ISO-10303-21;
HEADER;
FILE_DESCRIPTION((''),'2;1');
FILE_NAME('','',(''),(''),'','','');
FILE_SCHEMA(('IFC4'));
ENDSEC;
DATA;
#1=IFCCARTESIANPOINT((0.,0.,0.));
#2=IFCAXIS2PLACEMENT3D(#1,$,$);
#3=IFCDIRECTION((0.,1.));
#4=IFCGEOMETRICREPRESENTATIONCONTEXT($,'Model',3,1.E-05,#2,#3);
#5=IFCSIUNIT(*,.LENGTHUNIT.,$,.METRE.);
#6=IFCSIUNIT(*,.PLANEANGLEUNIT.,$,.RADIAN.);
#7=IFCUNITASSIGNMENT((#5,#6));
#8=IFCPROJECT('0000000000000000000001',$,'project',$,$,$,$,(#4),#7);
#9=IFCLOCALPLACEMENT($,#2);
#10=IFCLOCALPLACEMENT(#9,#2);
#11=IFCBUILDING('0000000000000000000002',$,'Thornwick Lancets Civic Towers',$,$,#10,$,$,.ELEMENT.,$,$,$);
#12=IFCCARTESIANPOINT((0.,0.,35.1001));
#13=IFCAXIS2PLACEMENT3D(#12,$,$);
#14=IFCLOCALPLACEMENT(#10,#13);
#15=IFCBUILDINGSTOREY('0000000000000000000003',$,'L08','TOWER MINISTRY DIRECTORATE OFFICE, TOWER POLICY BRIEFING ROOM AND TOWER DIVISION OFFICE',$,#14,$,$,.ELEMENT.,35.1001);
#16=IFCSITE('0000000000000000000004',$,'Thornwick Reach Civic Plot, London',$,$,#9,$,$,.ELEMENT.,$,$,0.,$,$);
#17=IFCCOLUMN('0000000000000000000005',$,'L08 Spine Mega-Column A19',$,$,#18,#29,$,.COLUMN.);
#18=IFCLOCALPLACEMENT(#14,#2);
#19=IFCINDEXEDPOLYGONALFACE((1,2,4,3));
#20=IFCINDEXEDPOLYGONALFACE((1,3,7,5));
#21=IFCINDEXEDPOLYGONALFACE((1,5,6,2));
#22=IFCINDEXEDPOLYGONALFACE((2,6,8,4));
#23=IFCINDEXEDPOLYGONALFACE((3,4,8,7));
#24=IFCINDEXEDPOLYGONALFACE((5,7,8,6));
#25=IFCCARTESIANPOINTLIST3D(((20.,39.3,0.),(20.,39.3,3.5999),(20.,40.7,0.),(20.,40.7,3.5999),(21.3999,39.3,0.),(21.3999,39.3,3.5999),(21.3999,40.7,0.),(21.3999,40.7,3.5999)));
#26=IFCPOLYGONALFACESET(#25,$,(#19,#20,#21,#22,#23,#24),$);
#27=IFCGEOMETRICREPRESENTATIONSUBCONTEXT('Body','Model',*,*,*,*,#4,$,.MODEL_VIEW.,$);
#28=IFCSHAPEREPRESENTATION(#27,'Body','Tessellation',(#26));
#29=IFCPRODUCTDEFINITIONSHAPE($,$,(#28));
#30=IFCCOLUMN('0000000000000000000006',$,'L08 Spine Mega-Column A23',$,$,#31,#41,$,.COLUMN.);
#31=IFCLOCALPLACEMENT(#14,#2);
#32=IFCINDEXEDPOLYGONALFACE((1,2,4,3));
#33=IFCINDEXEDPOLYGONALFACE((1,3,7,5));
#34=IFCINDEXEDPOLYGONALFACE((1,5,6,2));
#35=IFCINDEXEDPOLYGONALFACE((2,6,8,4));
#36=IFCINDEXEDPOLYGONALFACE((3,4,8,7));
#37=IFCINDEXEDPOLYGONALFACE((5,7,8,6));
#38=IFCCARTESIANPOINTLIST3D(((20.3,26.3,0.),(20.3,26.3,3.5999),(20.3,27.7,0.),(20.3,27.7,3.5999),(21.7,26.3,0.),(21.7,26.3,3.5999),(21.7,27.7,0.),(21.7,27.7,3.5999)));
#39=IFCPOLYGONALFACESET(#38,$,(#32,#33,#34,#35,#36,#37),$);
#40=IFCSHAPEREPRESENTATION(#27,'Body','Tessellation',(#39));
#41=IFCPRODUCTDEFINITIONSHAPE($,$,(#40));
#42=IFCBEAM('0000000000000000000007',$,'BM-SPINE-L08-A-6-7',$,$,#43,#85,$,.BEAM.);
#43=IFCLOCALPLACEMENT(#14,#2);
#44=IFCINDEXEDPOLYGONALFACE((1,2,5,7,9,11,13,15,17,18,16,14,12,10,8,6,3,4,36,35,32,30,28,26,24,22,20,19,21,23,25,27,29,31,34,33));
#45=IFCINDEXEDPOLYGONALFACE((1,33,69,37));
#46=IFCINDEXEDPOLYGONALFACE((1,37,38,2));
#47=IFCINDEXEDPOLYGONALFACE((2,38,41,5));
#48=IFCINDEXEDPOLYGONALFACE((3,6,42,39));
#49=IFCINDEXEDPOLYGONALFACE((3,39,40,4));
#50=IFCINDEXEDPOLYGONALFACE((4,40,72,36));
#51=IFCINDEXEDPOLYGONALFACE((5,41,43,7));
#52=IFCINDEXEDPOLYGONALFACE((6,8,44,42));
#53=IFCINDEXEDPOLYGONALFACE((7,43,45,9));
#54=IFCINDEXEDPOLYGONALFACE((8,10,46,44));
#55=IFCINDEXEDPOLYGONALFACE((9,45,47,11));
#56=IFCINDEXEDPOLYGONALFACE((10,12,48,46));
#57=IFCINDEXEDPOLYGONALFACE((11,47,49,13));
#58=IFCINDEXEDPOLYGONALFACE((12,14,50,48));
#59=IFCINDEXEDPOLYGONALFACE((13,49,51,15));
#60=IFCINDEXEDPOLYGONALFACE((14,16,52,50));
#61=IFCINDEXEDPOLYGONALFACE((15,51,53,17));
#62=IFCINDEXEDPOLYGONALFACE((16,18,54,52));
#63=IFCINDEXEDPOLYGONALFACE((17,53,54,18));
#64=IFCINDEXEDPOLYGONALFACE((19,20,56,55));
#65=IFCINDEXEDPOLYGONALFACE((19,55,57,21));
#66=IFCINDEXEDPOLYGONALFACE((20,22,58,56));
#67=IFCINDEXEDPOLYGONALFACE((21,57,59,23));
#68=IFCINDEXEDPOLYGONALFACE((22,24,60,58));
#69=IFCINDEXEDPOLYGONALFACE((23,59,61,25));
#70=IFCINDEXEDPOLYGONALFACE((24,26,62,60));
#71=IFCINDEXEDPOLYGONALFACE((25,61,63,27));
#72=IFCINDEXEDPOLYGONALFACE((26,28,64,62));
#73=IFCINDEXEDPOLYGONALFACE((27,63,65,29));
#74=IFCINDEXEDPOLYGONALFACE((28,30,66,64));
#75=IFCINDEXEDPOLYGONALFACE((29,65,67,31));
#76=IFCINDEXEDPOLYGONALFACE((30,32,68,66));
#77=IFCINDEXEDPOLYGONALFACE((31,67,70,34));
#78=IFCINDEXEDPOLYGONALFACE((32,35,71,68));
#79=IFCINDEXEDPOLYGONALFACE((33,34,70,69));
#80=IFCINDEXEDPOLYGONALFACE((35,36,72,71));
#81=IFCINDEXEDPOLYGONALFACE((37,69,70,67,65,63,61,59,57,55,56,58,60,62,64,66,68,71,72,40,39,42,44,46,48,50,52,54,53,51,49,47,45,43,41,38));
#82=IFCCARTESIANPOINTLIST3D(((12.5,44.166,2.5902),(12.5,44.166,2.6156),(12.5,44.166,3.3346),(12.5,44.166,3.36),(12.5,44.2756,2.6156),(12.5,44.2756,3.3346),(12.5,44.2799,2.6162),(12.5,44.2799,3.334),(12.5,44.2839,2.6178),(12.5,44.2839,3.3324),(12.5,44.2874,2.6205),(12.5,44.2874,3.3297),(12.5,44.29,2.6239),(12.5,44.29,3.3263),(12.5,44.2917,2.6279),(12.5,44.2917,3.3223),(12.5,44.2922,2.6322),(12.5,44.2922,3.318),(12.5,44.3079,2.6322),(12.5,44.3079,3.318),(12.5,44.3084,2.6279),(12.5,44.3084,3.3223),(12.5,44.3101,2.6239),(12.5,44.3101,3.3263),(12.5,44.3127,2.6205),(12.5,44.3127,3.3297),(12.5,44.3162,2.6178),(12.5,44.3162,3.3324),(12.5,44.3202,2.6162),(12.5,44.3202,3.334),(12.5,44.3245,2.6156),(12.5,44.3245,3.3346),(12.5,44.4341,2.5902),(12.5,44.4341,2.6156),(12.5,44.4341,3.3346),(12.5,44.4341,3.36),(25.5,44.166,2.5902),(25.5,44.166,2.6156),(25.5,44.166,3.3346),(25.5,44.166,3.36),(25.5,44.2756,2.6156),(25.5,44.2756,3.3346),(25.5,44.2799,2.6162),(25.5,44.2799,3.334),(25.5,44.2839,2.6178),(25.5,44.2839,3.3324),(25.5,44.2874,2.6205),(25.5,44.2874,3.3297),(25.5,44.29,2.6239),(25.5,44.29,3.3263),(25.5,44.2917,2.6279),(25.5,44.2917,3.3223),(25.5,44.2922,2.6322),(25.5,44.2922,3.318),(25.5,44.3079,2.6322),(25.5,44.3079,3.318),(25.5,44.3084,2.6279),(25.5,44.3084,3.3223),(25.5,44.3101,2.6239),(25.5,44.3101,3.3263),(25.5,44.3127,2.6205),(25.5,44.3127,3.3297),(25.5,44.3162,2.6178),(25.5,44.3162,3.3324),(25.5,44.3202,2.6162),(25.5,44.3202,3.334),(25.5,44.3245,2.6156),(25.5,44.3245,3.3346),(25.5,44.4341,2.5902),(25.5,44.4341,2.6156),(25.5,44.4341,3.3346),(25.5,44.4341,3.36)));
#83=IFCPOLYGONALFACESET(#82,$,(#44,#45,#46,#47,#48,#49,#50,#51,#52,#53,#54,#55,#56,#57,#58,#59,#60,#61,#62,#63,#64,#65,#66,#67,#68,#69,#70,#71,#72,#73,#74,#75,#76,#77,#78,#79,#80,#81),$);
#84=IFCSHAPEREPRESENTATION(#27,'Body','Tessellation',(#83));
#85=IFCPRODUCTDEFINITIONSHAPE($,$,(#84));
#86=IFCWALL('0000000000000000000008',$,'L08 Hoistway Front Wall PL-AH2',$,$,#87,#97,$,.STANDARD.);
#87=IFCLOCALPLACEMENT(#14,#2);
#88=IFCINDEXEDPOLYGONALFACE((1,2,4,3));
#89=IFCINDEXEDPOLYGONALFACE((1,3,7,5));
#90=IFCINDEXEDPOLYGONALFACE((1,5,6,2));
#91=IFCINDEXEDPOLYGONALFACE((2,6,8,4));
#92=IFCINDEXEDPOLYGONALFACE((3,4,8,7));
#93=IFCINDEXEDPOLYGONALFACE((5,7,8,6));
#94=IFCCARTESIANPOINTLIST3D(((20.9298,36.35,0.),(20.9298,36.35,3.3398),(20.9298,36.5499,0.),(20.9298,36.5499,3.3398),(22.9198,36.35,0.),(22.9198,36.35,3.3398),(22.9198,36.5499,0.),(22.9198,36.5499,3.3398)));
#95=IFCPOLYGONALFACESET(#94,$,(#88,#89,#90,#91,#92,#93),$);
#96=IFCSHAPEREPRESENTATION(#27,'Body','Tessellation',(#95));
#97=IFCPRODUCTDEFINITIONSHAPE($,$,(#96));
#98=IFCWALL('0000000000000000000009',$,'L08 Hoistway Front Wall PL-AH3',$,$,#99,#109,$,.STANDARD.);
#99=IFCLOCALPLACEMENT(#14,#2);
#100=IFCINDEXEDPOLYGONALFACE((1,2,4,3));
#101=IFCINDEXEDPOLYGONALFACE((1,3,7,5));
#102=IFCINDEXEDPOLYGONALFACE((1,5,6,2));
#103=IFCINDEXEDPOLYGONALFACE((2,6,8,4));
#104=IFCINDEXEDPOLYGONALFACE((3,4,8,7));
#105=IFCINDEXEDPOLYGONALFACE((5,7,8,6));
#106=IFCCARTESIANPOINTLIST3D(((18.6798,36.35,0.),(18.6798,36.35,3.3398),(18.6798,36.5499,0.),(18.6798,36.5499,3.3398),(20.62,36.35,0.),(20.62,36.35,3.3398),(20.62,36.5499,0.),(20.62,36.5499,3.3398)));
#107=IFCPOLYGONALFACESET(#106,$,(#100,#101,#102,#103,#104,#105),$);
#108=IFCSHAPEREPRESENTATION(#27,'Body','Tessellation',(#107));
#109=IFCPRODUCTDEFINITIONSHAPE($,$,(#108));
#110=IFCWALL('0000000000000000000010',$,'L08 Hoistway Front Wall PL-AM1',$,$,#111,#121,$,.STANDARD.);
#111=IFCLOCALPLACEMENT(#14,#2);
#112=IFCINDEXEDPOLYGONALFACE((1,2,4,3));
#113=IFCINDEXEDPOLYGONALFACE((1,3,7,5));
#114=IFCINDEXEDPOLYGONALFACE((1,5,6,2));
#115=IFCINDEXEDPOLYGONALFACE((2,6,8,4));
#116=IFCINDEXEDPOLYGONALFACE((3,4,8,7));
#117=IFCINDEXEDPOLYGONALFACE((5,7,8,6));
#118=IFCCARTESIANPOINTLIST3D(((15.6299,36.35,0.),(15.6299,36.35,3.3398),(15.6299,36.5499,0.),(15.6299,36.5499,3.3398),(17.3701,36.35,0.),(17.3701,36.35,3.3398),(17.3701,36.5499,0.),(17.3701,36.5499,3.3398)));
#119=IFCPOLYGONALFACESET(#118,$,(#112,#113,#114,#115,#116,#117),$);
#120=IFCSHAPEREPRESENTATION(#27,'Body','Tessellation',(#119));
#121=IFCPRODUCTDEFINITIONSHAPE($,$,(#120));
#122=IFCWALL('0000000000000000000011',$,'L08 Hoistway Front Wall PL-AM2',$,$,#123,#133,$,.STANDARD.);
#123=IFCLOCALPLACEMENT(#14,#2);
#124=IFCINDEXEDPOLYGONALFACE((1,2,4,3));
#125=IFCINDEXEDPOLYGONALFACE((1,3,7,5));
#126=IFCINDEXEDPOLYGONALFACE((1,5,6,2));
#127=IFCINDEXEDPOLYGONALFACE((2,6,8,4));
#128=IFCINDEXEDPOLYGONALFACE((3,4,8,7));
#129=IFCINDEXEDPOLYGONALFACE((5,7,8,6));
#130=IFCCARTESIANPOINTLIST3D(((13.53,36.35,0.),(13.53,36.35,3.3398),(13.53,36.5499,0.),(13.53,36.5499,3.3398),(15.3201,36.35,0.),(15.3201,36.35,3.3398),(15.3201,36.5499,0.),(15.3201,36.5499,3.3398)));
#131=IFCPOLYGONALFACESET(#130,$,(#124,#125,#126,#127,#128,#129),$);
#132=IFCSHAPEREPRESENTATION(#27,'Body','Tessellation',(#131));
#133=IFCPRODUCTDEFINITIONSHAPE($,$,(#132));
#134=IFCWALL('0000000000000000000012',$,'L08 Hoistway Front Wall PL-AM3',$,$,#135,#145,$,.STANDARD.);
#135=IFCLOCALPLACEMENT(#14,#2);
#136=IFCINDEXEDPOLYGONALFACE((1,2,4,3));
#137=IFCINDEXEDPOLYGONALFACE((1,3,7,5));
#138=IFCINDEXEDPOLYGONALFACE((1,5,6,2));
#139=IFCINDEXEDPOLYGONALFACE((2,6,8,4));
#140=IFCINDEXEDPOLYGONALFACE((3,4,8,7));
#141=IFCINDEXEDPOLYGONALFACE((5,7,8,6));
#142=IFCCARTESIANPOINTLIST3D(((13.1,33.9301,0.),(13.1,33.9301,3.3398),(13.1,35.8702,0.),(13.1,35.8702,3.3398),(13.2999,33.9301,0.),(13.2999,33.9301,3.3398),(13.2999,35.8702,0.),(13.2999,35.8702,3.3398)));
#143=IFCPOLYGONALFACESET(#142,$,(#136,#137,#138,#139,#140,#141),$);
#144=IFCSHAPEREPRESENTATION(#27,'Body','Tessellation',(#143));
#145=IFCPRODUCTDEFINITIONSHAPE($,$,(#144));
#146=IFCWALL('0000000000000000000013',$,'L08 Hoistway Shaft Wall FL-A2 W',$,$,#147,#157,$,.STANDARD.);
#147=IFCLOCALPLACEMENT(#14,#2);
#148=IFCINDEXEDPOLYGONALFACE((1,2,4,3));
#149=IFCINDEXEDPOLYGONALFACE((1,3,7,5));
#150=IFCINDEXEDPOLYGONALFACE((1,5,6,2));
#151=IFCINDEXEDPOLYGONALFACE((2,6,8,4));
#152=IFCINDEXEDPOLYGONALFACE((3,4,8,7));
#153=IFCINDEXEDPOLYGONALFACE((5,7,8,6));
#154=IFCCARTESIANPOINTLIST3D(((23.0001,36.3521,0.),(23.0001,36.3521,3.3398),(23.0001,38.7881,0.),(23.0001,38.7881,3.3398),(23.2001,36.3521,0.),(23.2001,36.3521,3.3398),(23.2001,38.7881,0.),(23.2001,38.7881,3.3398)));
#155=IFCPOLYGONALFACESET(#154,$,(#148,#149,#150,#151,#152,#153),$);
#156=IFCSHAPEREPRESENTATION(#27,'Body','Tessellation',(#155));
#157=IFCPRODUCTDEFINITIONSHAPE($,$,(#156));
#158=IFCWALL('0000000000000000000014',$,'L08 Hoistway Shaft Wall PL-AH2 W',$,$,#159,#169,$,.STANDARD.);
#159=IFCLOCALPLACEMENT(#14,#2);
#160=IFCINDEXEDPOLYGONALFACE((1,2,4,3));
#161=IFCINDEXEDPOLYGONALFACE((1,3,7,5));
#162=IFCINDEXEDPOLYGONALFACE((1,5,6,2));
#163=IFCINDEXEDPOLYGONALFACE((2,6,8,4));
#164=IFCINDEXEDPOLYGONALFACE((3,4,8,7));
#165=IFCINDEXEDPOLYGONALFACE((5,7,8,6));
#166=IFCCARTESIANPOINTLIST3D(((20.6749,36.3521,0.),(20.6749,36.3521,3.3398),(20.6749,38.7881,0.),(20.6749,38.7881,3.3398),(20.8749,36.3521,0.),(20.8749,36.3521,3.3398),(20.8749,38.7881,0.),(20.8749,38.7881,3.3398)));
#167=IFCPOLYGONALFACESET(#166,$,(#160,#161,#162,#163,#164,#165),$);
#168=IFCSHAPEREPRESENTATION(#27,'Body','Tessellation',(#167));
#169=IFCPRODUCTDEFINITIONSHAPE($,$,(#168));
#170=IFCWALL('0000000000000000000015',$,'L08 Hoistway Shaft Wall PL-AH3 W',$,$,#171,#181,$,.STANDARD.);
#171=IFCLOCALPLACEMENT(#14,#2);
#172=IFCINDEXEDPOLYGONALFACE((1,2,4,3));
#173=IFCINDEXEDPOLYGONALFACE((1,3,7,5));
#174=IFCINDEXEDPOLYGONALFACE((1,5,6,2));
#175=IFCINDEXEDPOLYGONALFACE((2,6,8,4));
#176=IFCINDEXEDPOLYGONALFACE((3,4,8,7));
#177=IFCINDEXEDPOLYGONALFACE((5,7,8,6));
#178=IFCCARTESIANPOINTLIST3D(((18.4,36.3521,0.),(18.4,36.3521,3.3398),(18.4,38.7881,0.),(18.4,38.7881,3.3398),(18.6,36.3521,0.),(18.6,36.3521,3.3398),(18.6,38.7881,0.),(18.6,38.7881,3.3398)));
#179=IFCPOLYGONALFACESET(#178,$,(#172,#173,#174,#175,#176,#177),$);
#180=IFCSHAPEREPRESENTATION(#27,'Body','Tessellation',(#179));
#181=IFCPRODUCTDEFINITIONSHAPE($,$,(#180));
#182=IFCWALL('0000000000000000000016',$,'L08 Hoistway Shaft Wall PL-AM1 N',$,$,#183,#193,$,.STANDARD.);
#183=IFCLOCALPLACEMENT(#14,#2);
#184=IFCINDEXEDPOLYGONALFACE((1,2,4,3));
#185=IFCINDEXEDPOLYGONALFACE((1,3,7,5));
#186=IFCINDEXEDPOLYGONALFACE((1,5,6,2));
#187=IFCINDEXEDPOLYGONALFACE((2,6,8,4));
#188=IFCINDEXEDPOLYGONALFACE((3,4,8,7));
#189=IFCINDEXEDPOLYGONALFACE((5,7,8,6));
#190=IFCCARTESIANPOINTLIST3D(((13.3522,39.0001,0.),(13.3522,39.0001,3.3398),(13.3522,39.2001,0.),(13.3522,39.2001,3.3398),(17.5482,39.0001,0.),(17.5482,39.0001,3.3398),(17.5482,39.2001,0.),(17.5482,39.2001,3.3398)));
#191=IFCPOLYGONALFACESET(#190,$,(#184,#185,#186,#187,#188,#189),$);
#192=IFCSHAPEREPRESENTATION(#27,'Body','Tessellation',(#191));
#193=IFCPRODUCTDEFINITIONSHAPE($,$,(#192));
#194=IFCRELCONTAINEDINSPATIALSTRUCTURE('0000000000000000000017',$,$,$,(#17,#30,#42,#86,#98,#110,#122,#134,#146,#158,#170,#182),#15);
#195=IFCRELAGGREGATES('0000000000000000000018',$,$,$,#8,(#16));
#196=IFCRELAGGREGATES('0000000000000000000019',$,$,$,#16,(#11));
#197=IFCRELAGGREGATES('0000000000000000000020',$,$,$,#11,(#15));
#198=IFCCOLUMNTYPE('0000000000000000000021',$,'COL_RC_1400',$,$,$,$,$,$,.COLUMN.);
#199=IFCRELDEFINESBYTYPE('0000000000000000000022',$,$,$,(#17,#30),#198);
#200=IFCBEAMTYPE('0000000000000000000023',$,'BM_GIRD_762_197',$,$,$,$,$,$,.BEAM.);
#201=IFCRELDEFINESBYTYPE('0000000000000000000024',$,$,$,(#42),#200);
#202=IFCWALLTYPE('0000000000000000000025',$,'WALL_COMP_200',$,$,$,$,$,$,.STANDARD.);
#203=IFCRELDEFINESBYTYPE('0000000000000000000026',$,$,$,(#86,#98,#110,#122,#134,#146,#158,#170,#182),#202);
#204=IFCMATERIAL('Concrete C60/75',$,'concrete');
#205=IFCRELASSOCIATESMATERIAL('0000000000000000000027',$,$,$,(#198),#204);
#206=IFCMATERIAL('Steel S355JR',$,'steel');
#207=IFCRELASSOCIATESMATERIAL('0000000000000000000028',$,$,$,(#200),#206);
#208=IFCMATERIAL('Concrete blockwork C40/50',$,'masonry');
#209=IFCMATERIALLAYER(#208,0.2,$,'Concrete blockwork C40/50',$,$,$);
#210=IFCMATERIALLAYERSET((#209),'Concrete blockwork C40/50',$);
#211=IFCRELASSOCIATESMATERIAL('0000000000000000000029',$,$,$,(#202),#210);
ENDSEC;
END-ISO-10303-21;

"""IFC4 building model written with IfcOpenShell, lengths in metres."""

from ifc_helpers import new_model, si_unit, direction, frame, frame_2d, origin, origin_2d, place, context, subcontext, project, spatial, rectangle, i_section, extrude, material, layer, layer_set, material_profile, profile_set, type_object, element, save


model = new_model("IFC4")

# Units and contexts
model_context = context("Model", 3, precision=1e-05, world=origin(), true_north=direction((0.0, 1.0)))
body_context = subcontext(model_context, "Body", "Model", "MODEL_VIEW")
ifc_project = project(units=[si_unit("LENGTHUNIT", "METRE"), si_unit("PLANEANGLEUNIT", "RADIAN")], contexts=[model_context])

# Site, building, storey
site_placement = place(None, origin())
site = spatial("IfcSite", under=ifc_project, at=site_placement, Name="Thornwick Reach Civic Plot, London", CompositionType="ELEMENT", RefElevation=0.0)
building_placement = place(site_placement, origin())
building = spatial("IfcBuilding", under=site, at=building_placement, Name="Thornwick Lancets Civic Towers", CompositionType="ELEMENT")
storey_placement = place(building_placement, frame((0.0, 0.0, 35.1001)))
storey = spatial("IfcBuildingStorey", under=building, at=storey_placement, Name="L08", Description="TOWER MINISTRY DIRECTORATE OFFICE, TOWER POLICY BRIEFING ROOM AND TOWER DIVISION OFFICE", CompositionType="ELEMENT", Elevation=35.1001)

# Columns
ifc_material_1 = material(Name="Concrete C60/75", Category="concrete")
ifc_material_profile_1 = material_profile(ifc_material_1, rectangle(XDim=1.3999, YDim=1.3999, at=origin_2d()), Name="RC 1400x1400")
ifc_profile_set_1 = profile_set([ifc_material_profile_1], Name="Concrete C60/75")
column_type = type_object("IfcColumnType", Name="COL_RC_1400", PredefinedType="COLUMN", material=ifc_profile_set_1)
for number, where, z_axis, x_axis, name in (
    (1, (20.7, 40.0, 0.0), (0.0, 0.0, 1.0), (1.0, 0.0, 0.0), "L08 Spine Mega-Column A19"),
    (2, (21.0, 27.0, 0.0), (0.0, 0.0, 1.0), (1.0, 0.0, 0.0), "L08 Spine Mega-Column A23"),
):
    element("IfcColumn", number, at=place(storey_placement, frame(where, z_axis=z_axis, x_axis=x_axis)), inside=storey, type_object=column_type, Name=name, PredefinedType="COLUMN", context=body_context, shape_type="SweptSolid", body=[
        extrude(rectangle(XDim=1.3999, YDim=1.3999, at=origin_2d()), origin(), (0.0, 0.0, 1.0), 3.5999),
    ])

# Beam
ifc_material_2 = material(Name="Steel S355JR", Category="steel")
ifc_material_profile_2 = material_profile(ifc_material_2, i_section(OverallWidth=0.2681, OverallDepth=0.7698, WebThickness=0.0156, FlangeThickness=0.0254, FilletRadius=0.0166, at=origin_2d()), Name="UKB 762x267x197")
ifc_profile_set_2 = profile_set([ifc_material_profile_2], Name="Steel S355JR")
beam_type = type_object("IfcBeamType", Name="BM_GIRD_762_197", PredefinedType="BEAM", material=ifc_profile_set_2)
beam_placement = place(storey_placement, frame((12.5, 44.3, 2.9751), z_axis=(1.0, 0.0, 0.0), x_axis=(0.0, 1.0, 0.0)))
element("IfcBeam", 3, at=beam_placement, inside=storey, type_object=beam_type, Name="BM-SPINE-L08-A-6-7", PredefinedType="BEAM", context=body_context, shape_type="SweptSolid", body=[
    extrude(i_section(OverallWidth=0.2681, OverallDepth=0.7698, WebThickness=0.0156, FlangeThickness=0.0254, FilletRadius=0.0166, at=origin_2d()), origin(), (0.0, 0.0, 1.0), 13.0),
])

# Walls
ifc_material_3 = material(Name="Concrete blockwork C40/50", Category="masonry")
ifc_layer_1 = layer(ifc_material_3, 0.2, Name="Concrete blockwork C40/50")
ifc_layer_set_1 = layer_set([ifc_layer_1], Name="Concrete blockwork C40/50")
wall_type_1 = type_object("IfcWallType", Name="WALL_COMP_200", PredefinedType="STANDARD", material=ifc_layer_set_1)
wall_1_placement = place(storey_placement, frame((22.9199, 36.45, 0.0), z_axis=(0.0, 0.0, 1.0), x_axis=(-1.0, 0.0, 0.0)))
element("IfcWall", 4, at=wall_1_placement, inside=storey, type_object=wall_type_1, Name="L08 Hoistway Front Wall PL-AH2", PredefinedType="STANDARD", context=body_context, shape_type="SweptSolid", body=[
    extrude(rectangle(XDim=1.99, YDim=0.2, at=frame_2d((0.9951, 0.0))), origin(), (0.0, 0.0, 1.0), 3.3398),
])
wall_2_placement = place(storey_placement, frame((20.6201, 36.45, 0.0), z_axis=(0.0, 0.0, 1.0), x_axis=(-1.0, 0.0, 0.0)))
element("IfcWall", 5, at=wall_2_placement, inside=storey, type_object=wall_type_1, Name="L08 Hoistway Front Wall PL-AH3", PredefinedType="STANDARD", context=body_context, shape_type="SweptSolid", body=[
    extrude(rectangle(XDim=1.9402, YDim=0.2, at=frame_2d((0.9702, 0.0))), origin(), (0.0, 0.0, 1.0), 3.3398),
])
wall_3_placement = place(storey_placement, frame((17.3701, 36.45, 0.0), z_axis=(0.0, 0.0, 1.0), x_axis=(-1.0, 0.0, 0.0)))
element("IfcWall", 6, at=wall_3_placement, inside=storey, type_object=wall_type_1, Name="L08 Hoistway Front Wall PL-AM1", PredefinedType="STANDARD", context=body_context, shape_type="SweptSolid", body=[
    extrude(rectangle(XDim=1.7402, YDim=0.2, at=frame_2d((0.8701, 0.0))), origin(), (0.0, 0.0, 1.0), 3.3398),
])
wall_4_placement = place(storey_placement, frame((15.3201, 36.45, 0.0), z_axis=(0.0, 0.0, 1.0), x_axis=(-1.0, 0.0, 0.0)))
element("IfcWall", 7, at=wall_4_placement, inside=storey, type_object=wall_type_1, Name="L08 Hoistway Front Wall PL-AM2", PredefinedType="STANDARD", context=body_context, shape_type="SweptSolid", body=[
    extrude(rectangle(XDim=1.79, YDim=0.2, at=frame_2d((0.895, 0.0))), origin(), (0.0, 0.0, 1.0), 3.3398),
])
wall_5_placement = place(storey_placement, frame((13.2, 33.9299, 0.0), z_axis=(0.0, 0.0, 1.0), x_axis=(0.0, 1.0, 0.0)))
element("IfcWall", 8, at=wall_5_placement, inside=storey, type_object=wall_type_1, Name="L08 Hoistway Front Wall PL-AM3", PredefinedType="STANDARD", context=body_context, shape_type="SweptSolid", body=[
    extrude(rectangle(XDim=1.9402, YDim=0.2, at=frame_2d((0.9702, 0.0))), origin(), (0.0, 0.0, 1.0), 3.3398),
])
for number, where, z_axis, x_axis, name in (
    (9, (23.1001, 36.3521, 0.0), (0.0, 0.0, 1.0), (0.0, 1.0, 0.0), "L08 Hoistway Shaft Wall FL-A2 W"),
    (10, (20.7749, 36.3521, 0.0), (0.0, 0.0, 1.0), (0.0, 1.0, 0.0), "L08 Hoistway Shaft Wall PL-AH2 W"),
    (11, (18.5, 36.3521, 0.0), (0.0, 0.0, 1.0), (0.0, 1.0, 0.0), "L08 Hoistway Shaft Wall PL-AH3 W"),
):
    element("IfcWall", number, at=place(storey_placement, frame(where, z_axis=z_axis, x_axis=x_axis)), inside=storey, type_object=wall_type_1, Name=name, PredefinedType="STANDARD", context=body_context, shape_type="SweptSolid", body=[
        extrude(rectangle(XDim=2.436, YDim=0.2, at=frame_2d((1.218, 0.0))), origin(), (0.0, 0.0, 1.0), 3.3398),
    ])
wall_6_placement = place(storey_placement, frame((13.3521, 39.1001, 0.0), z_axis=(0.0, 0.0, 1.0), x_axis=(1.0, 0.0, 0.0)))
element("IfcWall", 12, at=wall_6_placement, inside=storey, type_object=wall_type_1, Name="L08 Hoistway Shaft Wall PL-AM1 N", PredefinedType="STANDARD", context=body_context, shape_type="SweptSolid", body=[
    extrude(rectangle(XDim=4.196, YDim=0.2, at=frame_2d((2.0981, 0.0))), origin(), (0.0, 0.0, 1.0), 3.3398),
])

save(model, "model.ifc")
